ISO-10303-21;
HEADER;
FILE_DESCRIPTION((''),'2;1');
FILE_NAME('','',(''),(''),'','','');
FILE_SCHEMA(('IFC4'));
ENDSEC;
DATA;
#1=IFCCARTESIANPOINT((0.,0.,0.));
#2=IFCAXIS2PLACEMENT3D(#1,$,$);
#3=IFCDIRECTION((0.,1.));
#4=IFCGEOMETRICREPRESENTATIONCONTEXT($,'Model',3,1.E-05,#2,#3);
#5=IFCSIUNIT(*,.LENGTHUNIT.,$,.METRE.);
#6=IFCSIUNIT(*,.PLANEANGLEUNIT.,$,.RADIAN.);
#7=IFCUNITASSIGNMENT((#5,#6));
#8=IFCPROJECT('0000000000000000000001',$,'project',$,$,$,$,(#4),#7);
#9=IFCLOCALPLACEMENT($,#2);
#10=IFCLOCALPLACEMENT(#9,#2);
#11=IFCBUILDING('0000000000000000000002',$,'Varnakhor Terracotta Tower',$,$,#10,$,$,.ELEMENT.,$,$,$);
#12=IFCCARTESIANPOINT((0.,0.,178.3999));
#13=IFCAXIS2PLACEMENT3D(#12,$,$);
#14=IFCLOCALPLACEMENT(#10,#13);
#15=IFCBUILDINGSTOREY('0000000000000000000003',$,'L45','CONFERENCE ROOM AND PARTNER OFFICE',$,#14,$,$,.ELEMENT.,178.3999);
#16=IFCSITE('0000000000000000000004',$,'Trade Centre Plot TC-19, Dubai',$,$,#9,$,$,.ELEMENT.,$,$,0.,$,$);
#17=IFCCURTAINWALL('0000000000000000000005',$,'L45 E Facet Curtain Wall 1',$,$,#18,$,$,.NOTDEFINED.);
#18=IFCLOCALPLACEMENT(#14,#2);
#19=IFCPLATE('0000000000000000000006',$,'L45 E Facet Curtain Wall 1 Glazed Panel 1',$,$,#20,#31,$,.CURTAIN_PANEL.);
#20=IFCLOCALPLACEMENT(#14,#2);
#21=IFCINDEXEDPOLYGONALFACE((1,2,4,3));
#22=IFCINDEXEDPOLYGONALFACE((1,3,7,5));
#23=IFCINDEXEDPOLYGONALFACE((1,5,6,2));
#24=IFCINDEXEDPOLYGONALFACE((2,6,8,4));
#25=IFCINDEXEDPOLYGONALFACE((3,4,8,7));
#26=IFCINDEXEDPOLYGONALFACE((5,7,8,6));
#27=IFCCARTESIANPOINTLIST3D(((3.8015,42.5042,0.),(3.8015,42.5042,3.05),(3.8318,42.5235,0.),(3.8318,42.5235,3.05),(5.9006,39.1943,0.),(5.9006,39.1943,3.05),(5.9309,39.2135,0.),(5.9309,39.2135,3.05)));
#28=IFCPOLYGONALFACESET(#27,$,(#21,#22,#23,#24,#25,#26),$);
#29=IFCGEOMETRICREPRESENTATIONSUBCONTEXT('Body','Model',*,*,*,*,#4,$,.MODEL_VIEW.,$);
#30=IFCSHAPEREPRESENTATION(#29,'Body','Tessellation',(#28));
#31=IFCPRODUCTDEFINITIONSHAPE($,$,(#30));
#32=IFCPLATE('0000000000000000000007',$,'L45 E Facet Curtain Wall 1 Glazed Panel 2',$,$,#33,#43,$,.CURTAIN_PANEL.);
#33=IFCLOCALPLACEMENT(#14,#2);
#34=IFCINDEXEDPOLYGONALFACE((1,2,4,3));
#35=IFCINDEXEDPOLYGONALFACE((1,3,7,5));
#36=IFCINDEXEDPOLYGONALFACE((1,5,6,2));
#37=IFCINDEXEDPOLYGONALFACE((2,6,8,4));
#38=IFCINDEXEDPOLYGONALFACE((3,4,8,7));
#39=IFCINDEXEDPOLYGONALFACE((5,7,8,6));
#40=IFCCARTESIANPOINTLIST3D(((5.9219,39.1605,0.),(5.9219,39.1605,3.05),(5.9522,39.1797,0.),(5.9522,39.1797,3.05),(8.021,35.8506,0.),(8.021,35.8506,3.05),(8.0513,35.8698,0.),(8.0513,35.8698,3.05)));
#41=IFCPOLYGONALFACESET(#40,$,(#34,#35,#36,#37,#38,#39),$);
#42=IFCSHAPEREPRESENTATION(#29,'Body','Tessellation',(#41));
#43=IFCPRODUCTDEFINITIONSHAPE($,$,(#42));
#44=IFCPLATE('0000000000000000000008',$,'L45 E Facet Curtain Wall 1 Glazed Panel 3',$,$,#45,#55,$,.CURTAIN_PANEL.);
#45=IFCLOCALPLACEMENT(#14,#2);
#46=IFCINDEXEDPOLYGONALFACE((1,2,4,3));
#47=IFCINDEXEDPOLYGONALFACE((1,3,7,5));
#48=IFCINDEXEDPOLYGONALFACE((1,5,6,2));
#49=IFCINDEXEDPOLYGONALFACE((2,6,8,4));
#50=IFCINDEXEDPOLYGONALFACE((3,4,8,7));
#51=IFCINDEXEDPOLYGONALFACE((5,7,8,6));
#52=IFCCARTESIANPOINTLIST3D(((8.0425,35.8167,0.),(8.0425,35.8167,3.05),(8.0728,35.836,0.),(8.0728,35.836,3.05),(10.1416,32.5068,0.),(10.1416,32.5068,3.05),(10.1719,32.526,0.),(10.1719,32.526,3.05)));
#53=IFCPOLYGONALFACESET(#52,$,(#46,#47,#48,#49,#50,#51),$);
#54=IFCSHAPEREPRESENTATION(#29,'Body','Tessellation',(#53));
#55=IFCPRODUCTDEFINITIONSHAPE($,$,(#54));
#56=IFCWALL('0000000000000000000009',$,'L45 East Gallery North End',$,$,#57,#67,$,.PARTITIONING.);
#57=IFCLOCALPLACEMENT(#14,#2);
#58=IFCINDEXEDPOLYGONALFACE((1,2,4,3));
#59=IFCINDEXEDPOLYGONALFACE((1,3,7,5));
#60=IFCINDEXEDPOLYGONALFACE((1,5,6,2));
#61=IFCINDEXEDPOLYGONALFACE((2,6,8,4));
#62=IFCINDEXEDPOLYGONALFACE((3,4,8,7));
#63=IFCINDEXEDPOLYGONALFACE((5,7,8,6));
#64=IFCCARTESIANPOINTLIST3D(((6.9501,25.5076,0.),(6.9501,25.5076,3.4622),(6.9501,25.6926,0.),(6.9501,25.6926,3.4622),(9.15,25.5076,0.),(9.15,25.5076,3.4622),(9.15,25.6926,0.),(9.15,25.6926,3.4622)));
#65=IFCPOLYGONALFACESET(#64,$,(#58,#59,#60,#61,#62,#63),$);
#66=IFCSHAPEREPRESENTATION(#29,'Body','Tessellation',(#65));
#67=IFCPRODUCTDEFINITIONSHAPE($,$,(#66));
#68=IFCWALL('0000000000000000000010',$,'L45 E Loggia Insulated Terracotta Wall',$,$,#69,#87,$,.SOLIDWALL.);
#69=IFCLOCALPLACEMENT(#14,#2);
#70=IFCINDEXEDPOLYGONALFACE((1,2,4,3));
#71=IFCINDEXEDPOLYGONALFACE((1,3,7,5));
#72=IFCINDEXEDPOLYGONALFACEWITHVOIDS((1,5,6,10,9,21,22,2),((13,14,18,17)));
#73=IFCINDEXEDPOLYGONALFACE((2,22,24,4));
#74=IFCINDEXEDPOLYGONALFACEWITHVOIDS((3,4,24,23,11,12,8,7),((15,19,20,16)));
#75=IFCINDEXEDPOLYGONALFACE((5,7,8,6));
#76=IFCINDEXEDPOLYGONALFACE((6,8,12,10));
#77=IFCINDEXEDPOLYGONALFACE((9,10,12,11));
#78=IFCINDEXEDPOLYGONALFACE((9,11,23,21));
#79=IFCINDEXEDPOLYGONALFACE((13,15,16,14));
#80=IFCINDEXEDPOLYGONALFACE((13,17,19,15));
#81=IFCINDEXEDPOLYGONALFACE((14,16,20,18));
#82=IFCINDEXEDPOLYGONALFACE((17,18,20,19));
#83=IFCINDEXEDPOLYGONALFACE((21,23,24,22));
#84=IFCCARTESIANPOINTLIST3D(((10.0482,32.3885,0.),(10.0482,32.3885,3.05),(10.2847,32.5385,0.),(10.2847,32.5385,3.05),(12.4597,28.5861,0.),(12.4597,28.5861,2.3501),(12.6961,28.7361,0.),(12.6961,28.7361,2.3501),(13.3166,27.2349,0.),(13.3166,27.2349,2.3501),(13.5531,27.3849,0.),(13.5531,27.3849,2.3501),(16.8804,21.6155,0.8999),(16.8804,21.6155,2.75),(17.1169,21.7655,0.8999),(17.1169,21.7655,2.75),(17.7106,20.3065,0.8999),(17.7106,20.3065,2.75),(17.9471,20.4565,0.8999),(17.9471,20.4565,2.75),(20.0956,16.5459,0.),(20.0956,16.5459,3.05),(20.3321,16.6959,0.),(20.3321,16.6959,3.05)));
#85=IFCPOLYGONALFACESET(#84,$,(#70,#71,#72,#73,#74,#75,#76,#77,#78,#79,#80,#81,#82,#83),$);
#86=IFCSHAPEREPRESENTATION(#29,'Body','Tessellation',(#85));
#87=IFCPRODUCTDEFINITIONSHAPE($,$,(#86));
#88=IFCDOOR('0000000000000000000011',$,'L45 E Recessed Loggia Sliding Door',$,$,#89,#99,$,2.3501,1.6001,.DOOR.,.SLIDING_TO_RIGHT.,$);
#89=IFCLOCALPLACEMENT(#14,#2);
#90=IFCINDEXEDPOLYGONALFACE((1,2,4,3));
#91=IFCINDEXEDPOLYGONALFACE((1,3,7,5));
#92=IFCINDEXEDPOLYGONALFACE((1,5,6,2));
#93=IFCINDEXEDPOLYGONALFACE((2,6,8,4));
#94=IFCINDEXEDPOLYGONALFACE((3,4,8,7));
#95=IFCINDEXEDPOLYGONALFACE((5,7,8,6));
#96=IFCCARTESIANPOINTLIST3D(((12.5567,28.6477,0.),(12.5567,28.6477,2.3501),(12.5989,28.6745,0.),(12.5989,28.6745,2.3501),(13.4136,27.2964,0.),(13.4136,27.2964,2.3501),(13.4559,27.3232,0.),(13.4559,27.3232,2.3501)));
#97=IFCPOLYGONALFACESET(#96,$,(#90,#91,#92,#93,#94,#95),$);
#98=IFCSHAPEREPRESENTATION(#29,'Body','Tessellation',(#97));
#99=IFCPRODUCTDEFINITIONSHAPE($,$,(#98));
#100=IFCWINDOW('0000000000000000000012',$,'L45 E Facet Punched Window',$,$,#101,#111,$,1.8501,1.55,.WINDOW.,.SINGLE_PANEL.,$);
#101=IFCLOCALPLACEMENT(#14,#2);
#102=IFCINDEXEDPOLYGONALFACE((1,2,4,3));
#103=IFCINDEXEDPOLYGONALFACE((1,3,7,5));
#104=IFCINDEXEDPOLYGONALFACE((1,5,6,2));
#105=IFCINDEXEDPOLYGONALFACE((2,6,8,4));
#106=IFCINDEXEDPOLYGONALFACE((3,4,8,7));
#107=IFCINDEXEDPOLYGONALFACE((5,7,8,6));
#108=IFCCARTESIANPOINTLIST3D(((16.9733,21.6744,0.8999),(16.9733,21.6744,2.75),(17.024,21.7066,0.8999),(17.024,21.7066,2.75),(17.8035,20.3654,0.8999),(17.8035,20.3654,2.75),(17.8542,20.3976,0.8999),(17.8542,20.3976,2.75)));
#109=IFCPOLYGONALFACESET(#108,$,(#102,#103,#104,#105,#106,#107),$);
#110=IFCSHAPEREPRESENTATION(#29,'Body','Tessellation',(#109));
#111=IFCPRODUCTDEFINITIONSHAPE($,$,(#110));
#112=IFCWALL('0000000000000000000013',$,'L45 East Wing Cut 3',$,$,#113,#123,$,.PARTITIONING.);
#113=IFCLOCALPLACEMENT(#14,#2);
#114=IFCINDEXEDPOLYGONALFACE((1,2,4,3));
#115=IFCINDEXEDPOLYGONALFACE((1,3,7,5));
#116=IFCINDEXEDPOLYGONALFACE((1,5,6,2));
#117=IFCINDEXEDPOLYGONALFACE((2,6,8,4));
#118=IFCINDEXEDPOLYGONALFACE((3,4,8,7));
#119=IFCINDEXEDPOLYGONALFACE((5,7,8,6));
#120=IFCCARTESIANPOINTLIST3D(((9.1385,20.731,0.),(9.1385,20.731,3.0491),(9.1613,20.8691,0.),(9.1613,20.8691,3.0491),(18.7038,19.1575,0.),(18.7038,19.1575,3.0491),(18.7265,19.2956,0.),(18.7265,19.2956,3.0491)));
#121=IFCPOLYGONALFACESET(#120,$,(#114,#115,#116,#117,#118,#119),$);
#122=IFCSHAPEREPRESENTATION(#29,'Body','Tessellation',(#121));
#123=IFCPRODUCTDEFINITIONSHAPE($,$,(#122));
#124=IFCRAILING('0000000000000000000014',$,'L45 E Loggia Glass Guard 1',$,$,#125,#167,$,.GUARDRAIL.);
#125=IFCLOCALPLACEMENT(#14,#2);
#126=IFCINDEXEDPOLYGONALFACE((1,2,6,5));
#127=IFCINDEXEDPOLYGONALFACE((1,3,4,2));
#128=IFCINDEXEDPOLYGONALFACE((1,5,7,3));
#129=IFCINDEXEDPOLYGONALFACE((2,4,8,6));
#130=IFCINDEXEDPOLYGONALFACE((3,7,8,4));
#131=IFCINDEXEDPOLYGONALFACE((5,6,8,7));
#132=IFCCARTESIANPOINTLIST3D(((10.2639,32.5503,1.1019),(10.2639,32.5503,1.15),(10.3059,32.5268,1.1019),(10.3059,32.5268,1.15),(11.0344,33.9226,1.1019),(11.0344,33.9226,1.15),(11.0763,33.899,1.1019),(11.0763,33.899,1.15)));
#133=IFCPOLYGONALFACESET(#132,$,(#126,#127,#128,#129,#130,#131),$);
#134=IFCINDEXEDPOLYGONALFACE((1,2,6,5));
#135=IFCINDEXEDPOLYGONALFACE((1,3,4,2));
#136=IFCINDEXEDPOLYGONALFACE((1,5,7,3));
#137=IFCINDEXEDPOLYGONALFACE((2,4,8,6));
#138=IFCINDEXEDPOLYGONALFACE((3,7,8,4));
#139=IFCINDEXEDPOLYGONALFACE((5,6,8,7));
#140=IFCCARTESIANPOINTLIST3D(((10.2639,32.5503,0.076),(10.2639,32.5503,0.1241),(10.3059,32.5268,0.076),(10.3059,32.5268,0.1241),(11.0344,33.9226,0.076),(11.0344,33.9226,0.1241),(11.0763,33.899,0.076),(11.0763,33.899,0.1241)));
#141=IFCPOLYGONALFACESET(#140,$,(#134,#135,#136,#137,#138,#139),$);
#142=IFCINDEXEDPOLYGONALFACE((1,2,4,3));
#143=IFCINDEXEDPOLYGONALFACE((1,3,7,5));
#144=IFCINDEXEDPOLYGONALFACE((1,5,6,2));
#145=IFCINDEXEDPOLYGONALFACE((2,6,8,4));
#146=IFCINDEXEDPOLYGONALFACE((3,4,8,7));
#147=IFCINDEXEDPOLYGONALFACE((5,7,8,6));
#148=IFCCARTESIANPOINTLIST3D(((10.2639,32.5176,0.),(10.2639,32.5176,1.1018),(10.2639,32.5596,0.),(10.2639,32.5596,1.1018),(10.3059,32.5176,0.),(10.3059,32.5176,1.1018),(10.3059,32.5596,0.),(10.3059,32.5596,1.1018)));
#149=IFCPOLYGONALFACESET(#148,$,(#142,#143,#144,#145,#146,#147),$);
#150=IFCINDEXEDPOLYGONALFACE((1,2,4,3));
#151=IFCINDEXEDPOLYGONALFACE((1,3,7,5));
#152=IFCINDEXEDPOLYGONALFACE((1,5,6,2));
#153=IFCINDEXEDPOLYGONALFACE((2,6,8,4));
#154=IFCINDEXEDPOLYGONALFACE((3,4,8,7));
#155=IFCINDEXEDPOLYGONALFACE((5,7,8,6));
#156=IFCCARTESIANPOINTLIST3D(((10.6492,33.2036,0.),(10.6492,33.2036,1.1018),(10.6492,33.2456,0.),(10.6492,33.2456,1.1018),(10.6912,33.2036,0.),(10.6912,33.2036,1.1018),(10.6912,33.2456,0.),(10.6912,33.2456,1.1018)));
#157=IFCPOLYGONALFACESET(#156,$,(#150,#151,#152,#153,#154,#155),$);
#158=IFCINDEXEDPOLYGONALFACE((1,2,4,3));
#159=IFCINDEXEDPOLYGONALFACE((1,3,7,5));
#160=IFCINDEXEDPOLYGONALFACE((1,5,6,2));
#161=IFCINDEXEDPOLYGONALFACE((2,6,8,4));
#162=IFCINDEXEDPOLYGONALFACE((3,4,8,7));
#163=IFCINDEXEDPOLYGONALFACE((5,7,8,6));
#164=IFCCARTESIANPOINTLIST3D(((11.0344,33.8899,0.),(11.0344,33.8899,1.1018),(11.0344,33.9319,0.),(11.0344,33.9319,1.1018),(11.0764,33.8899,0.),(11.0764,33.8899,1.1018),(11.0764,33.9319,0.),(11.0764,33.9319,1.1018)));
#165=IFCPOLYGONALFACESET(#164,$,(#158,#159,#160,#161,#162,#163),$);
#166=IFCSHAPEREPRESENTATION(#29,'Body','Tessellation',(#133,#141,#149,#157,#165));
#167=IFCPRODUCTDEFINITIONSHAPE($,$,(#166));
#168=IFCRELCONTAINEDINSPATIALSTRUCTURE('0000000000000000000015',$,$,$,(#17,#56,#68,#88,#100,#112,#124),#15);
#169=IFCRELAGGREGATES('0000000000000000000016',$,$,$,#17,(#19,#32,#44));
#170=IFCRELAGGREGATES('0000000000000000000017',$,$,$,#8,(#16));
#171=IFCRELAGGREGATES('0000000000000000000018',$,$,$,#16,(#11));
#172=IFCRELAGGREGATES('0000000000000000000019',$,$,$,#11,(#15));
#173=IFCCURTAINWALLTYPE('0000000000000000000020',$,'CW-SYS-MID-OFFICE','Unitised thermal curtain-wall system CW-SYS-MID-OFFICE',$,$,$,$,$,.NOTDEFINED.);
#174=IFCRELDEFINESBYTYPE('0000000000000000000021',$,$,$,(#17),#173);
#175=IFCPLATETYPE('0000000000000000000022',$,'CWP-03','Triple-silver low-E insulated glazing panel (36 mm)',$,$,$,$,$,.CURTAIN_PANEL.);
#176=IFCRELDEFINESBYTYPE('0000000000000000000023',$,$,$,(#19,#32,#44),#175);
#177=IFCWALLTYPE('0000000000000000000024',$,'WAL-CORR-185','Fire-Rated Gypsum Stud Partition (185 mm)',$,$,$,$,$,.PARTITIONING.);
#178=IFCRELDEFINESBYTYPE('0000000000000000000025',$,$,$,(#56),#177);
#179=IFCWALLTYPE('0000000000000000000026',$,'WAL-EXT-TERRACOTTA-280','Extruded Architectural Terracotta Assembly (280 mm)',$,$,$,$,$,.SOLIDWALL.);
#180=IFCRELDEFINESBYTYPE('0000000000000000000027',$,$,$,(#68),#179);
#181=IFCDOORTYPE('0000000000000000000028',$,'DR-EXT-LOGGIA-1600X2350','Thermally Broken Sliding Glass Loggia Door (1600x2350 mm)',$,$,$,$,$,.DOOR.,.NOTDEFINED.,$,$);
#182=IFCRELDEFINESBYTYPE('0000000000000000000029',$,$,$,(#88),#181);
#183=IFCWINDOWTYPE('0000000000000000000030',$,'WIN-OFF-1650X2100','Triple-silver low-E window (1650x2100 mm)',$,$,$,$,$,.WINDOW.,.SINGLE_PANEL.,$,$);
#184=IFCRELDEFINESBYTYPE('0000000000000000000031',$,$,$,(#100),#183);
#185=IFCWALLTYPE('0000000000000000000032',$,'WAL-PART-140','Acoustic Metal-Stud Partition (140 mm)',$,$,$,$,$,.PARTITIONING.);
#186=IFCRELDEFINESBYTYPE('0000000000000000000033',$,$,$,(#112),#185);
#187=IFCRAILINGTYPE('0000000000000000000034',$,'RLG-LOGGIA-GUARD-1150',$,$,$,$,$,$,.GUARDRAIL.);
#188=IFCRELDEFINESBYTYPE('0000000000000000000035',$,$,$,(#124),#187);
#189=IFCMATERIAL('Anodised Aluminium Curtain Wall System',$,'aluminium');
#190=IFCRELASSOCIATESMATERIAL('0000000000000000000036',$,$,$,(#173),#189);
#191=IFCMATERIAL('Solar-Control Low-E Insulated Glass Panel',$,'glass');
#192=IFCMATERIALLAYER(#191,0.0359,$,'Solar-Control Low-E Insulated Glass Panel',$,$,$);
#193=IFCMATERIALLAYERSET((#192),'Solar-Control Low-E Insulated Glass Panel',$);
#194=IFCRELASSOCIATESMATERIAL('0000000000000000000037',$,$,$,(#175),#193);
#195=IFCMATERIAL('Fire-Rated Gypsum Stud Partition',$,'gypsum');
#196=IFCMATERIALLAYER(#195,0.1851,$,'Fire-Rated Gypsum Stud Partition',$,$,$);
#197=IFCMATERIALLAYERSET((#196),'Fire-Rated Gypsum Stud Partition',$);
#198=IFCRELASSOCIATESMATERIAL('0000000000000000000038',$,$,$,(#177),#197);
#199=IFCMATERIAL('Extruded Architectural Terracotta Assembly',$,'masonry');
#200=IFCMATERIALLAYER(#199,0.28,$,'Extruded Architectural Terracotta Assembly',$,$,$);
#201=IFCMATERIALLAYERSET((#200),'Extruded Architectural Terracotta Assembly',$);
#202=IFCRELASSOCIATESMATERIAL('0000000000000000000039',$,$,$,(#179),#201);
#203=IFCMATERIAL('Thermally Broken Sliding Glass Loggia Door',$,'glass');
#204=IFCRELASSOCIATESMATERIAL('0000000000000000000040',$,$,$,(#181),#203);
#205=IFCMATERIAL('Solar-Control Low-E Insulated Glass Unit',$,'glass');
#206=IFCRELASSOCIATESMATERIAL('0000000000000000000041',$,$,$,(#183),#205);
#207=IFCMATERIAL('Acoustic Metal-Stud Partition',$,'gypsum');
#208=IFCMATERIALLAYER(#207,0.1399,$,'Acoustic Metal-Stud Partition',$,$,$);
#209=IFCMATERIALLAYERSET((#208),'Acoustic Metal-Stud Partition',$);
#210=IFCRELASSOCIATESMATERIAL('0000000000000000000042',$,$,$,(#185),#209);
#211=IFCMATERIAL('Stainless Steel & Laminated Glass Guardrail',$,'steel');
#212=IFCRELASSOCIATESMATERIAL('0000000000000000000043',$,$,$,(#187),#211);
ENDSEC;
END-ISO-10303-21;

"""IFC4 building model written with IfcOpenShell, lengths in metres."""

from ifc_helpers import new_model, si_unit, direction, frame, frame_2d, origin, origin_2d, place, context, subcontext, project, spatial, rectangle, extrude, source, transform, mapped, material, layer, layer_set, type_object, type_shapes, element, fill, aggregate, save


model = new_model("IFC4")

# Units and contexts
model_context = context("Model", 3, precision=1e-05, world=origin(), true_north=direction((0.0, 1.0)))
body_context = subcontext(model_context, "Body", "Model", "MODEL_VIEW")
ifc_project = project(units=[si_unit("LENGTHUNIT", "METRE"), si_unit("PLANEANGLEUNIT", "RADIAN")], contexts=[model_context])

# Site, building, storey
site_placement = place(None, origin())
site = spatial("IfcSite", under=ifc_project, at=site_placement, Name="Trade Centre Plot TC-19, Dubai", CompositionType="ELEMENT", RefElevation=0.0)
building_placement = place(site_placement, origin())
building = spatial("IfcBuilding", under=site, at=building_placement, Name="Varnakhor Terracotta Tower", CompositionType="ELEMENT")
storey_placement = place(building_placement, frame((0.0, 0.0, 178.3999)))
storey = spatial("IfcBuildingStorey", under=building, at=storey_placement, Name="L45", Description="CONFERENCE ROOM AND PARTNER OFFICE", CompositionType="ELEMENT", Elevation=178.3999)

# Shared definitions
ifc_material_1 = material(Name="Anodised Aluminium Curtain Wall System", Category="aluminium")
curtain_wall_type = type_object("IfcCurtainWallType", Name="CW-SYS-MID-OFFICE", Description="Unitised thermal curtain-wall system CW-SYS-MID-OFFICE", PredefinedType="NOTDEFINED", material=ifc_material_1)

# Curtain wall
curtain_wall_1_placement = place(storey_placement, origin())
curtain_wall_1 = element("IfcCurtainWall", 1, at=curtain_wall_1_placement, inside=storey, type_object=curtain_wall_type, Name="L45 E Facet Curtain Wall 1", PredefinedType="NOTDEFINED")

# Plates
ifc_material_2 = material(Name="Solar-Control Low-E Insulated Glass Panel", Category="glass")
ifc_layer_1 = layer(ifc_material_2, 0.0359, Name="Solar-Control Low-E Insulated Glass Panel")
ifc_layer_set_1 = layer_set([ifc_layer_1], Name="Solar-Control Low-E Insulated Glass Panel")
plate_type = type_object("IfcPlateType", Name="CWP-03", Description="Triple-silver low-E insulated glazing panel (36 mm)", PredefinedType="CURTAIN_PANEL", material=ifc_layer_set_1)
shared_shape_1 = source(origin(), body_context, "Body", "SweptSolid", [
    extrude(rectangle(XDim=3.9194, YDim=0.0359, at=origin_2d()), origin(), (0.0, 0.0, 1.0), 3.05),
])
plate_1_placement = place(storey_placement, frame((4.8662, 40.8589, 0.0), z_axis=(0.0, 0.0, 1.0), x_axis=(0.535562, -0.844496, 0.0)))
plate_1 = element("IfcPlate", 2, at=plate_1_placement, type_object=plate_type, Name="L45 E Facet Curtain Wall 1 Glazed Panel 1", PredefinedType="CURTAIN_PANEL", context=body_context, shape_type="MappedRepresentation", body=[
    mapped(shared_shape_1, transform((0.0, 0.0, 0.0), scale=1.0)),
])
plate_2_placement = place(storey_placement, frame((6.9866, 37.5151, 0.0), z_axis=(0.0, 0.0, 1.0), x_axis=(0.535562, -0.844496, 0.0)))
plate_2 = element("IfcPlate", 3, at=plate_2_placement, type_object=plate_type, Name="L45 E Facet Curtain Wall 1 Glazed Panel 2", PredefinedType="CURTAIN_PANEL", context=body_context, shape_type="MappedRepresentation", body=[
    mapped(shared_shape_1, transform((0.0, 0.0, 0.0), scale=1.0)),
])
plate_3_placement = place(storey_placement, frame((9.1072, 34.1714, 0.0), z_axis=(0.0, 0.0, 1.0), x_axis=(0.535562, -0.844496, 0.0)))
plate_3 = element("IfcPlate", 4, at=plate_3_placement, type_object=plate_type, Name="L45 E Facet Curtain Wall 1 Glazed Panel 3", PredefinedType="CURTAIN_PANEL", context=body_context, shape_type="MappedRepresentation", body=[
    mapped(shared_shape_1, transform((0.0, 0.0, 0.0), scale=1.0)),
])
aggregate(curtain_wall_1, [plate_1, plate_2, plate_3])

# Wall
ifc_material_3 = material(Name="Fire-Rated Gypsum Stud Partition", Category="gypsum")
ifc_layer_2 = layer(ifc_material_3, 0.1851, Name="Fire-Rated Gypsum Stud Partition")
ifc_layer_set_2 = layer_set([ifc_layer_2], Name="Fire-Rated Gypsum Stud Partition")
wall_type_1 = type_object("IfcWallType", Name="WAL-CORR-185", Description="Fire-Rated Gypsum Stud Partition (185 mm)", PredefinedType="PARTITIONING", material=ifc_layer_set_2)
wall_1_placement = place(storey_placement, frame((6.95, 25.6001, 0.0), z_axis=(0.0, 0.0, 1.0), x_axis=(1.0, 0.0, 0.0)))
element("IfcWall", 5, at=wall_1_placement, inside=storey, type_object=wall_type_1, Name="L45 East Gallery North End", PredefinedType="PARTITIONING", context=body_context, shape_type="SweptSolid", body=[
    extrude(rectangle(XDim=2.2, YDim=0.1851, at=frame_2d((1.1001, 0.0))), origin(), (0.0, 0.0, 1.0), 3.4622),
])

# Wall, openings, door, window
ifc_material_4 = material(Name="Extruded Architectural Terracotta Assembly", Category="masonry")
ifc_layer_3 = layer(ifc_material_4, 0.28, Name="Extruded Architectural Terracotta Assembly")
ifc_layer_set_3 = layer_set([ifc_layer_3], Name="Extruded Architectural Terracotta Assembly")
wall_type_2 = type_object("IfcWallType", Name="WAL-EXT-TERRACOTTA-280", Description="Extruded Architectural Terracotta Assembly (280 mm)", PredefinedType="SOLIDWALL", material=ifc_layer_set_3)
wall_2_placement = place(storey_placement, frame((10.1665, 32.4634, 0.0), z_axis=(0.0, 0.0, 1.0), x_axis=(0.535576, -0.844487, 0.0)))
wall_2 = element("IfcWall", 6, at=wall_2_placement, inside=storey, type_object=wall_type_2, Name="L45 E Loggia Insulated Terracotta Wall", PredefinedType="SOLIDWALL", context=body_context, shape_type="SweptSolid", body=[
    extrude(rectangle(XDim=18.76, YDim=0.28, at=frame_2d((9.3799, 0.0))), origin(), (0.0, 0.0, 1.0), 3.05),
])
opening_1_placement = place(wall_2_placement, frame((4.5024, 0.0, 0.0)))
opening_1 = element("IfcOpeningElement", 7, at=opening_1_placement, cuts=wall_2, PredefinedType="OPENING", context=body_context, shape_type="SweptSolid", body=[
    extrude(rectangle(XDim=1.6001, YDim=2.3501, at=frame_2d((0.8, 1.175))), frame((0.0, 0.1499, 0.0), z_axis=(0.0, -1.0, 0.0), x_axis=(1.0, 0.0, 0.0)), (0.0, 0.0, 1.0), 0.3),
])
opening_2_placement = place(wall_2_placement, frame((12.7568, 0.0, 0.8999)))
opening_2 = element("IfcOpeningElement", 8, at=opening_2_placement, cuts=wall_2, PredefinedType="OPENING", context=body_context, shape_type="SweptSolid", body=[
    extrude(rectangle(XDim=1.55, YDim=1.8501, at=frame_2d((0.7749, 0.925))), frame((0.0, 0.1499, 0.0), z_axis=(0.0, -1.0, 0.0), x_axis=(1.0, 0.0, 0.0)), (0.0, 0.0, 1.0), 0.3),
])
ifc_material_5 = material(Name="Thermally Broken Sliding Glass Loggia Door", Category="glass")
door_type = type_object("IfcDoorType", Name="DR-EXT-LOGGIA-1600X2350", Description="Thermally Broken Sliding Glass Loggia Door (1600x2350 mm)", OperationType="NOTDEFINED", PredefinedType="DOOR", material=ifc_material_5)
shared_shape_2 = source(origin(), body_context, "Body", "SweptSolid", [
    extrude(rectangle(XDim=1.6001, YDim=2.3501, at=frame_2d((0.8, 1.175))), frame((0.0, 0.0249, 0.0), z_axis=(0.0, -1.0, 0.0), x_axis=(1.0, 0.0, 0.0)), (0.0, 0.0, 1.0), 0.05),
])
type_shapes(door_type, [shared_shape_2])
door_placement = place(opening_1_placement, origin())
door = element("IfcDoor", 9, at=door_placement, inside=storey, type_object=door_type, Name="L45 E Recessed Loggia Sliding Door", OperationType="SLIDING_TO_RIGHT", OverallHeight=2.3501, OverallWidth=1.6001, PredefinedType="DOOR", context=body_context, shape_type="MappedRepresentation", body=[
    mapped(shared_shape_2, transform((0.0, 0.0, 0.0), scale=1.0)),
])
fill(opening_1, door)
ifc_material_6 = material(Name="Solar-Control Low-E Insulated Glass Unit", Category="glass")
window_type = type_object("IfcWindowType", Name="WIN-OFF-1650X2100", Description="Triple-silver low-E window (1650x2100 mm)", PartitioningType="SINGLE_PANEL", PredefinedType="WINDOW", material=ifc_material_6)
shared_shape_3 = source(origin(), body_context, "Body", "SweptSolid", [
    extrude(rectangle(XDim=1.55, YDim=1.8501, at=frame_2d((0.7749, 0.925))), frame((0.0, 0.03, 0.0), z_axis=(0.0, -1.0, 0.0), x_axis=(1.0, 0.0, 0.0)), (0.0, 0.0, 1.0), 0.0601),
])
type_shapes(window_type, [shared_shape_3])
window_placement = place(opening_2_placement, origin())
window = element("IfcWindow", 10, at=window_placement, inside=storey, type_object=window_type, Name="L45 E Facet Punched Window", OverallHeight=1.8501, OverallWidth=1.55, PartitioningType="SINGLE_PANEL", PredefinedType="WINDOW", context=body_context, shape_type="MappedRepresentation", body=[
    mapped(shared_shape_3, transform((0.0, 0.0, 0.0), scale=1.0)),
])
fill(opening_2, window)

# Wall
ifc_material_7 = material(Name="Acoustic Metal-Stud Partition", Category="gypsum")
ifc_layer_4 = layer(ifc_material_7, 0.1399, Name="Acoustic Metal-Stud Partition")
ifc_layer_set_4 = layer_set([ifc_layer_4], Name="Acoustic Metal-Stud Partition")
wall_type_3 = type_object("IfcWallType", Name="WAL-PART-140", Description="Acoustic Metal-Stud Partition (140 mm)", PredefinedType="PARTITIONING", material=ifc_layer_set_4)
wall_3_placement = place(storey_placement, frame((9.1499, 20.8, 0.0), z_axis=(0.0, 0.0, 1.0), x_axis=(0.986738, -0.16232, 0.0)))
element("IfcWall", 11, at=wall_3_placement, inside=storey, type_object=wall_type_3, Name="L45 East Wing Cut 3", PredefinedType="PARTITIONING", context=body_context, shape_type="SweptSolid", body=[
    extrude(rectangle(XDim=9.6938, YDim=0.1399, at=frame_2d((4.8469, 0.0))), origin(), (0.0, 0.0, 1.0), 3.0491),
])

# Railing
ifc_material_8 = material(Name="Stainless Steel & Laminated Glass Guardrail", Category="steel")
railing_type = type_object("IfcRailingType", Name="RLG-LOGGIA-GUARD-1150", PredefinedType="GUARDRAIL", material=ifc_material_8)
railing_1_placement = place(storey_placement, frame((10.2849, 32.5386, 0.0)))
element("IfcRailing", 12, at=railing_1_placement, inside=storey, type_object=railing_type, Name="L45 E Loggia Glass Guard 1", PredefinedType="GUARDRAIL", context=body_context, shape_type="SweptSolid", body=[
    extrude(rectangle(XDim=0.0481, YDim=0.0481, at=origin_2d()), frame((0.0, 0.0, 1.126), z_axis=(0.489576, 0.871961, 0.0), x_axis=(-0.871961, 0.489576, 0.0)), (0.0, 0.0, 1.0), 1.5737),
    extrude(rectangle(XDim=0.0481, YDim=0.0481, at=origin_2d()), frame((0.0, 0.0, 0.1001), z_axis=(0.489576, 0.871961, 0.0), x_axis=(-0.871961, 0.489576, 0.0)), (0.0, 0.0, 1.0), 1.5737),
    extrude(rectangle(XDim=0.042, YDim=0.042, at=origin_2d()), origin(), (0.0, 0.0, 1.0), 1.1018),
    extrude(rectangle(XDim=0.042, YDim=0.042, at=origin_2d()), frame((0.3853, 0.686, 0.0)), (0.0, 0.0, 1.0), 1.1018),
    extrude(rectangle(XDim=0.042, YDim=0.042, at=origin_2d()), frame((0.7705, 1.3723, 0.0)), (0.0, 0.0, 1.0), 1.1018),
])

save(model, "model.ifc")
